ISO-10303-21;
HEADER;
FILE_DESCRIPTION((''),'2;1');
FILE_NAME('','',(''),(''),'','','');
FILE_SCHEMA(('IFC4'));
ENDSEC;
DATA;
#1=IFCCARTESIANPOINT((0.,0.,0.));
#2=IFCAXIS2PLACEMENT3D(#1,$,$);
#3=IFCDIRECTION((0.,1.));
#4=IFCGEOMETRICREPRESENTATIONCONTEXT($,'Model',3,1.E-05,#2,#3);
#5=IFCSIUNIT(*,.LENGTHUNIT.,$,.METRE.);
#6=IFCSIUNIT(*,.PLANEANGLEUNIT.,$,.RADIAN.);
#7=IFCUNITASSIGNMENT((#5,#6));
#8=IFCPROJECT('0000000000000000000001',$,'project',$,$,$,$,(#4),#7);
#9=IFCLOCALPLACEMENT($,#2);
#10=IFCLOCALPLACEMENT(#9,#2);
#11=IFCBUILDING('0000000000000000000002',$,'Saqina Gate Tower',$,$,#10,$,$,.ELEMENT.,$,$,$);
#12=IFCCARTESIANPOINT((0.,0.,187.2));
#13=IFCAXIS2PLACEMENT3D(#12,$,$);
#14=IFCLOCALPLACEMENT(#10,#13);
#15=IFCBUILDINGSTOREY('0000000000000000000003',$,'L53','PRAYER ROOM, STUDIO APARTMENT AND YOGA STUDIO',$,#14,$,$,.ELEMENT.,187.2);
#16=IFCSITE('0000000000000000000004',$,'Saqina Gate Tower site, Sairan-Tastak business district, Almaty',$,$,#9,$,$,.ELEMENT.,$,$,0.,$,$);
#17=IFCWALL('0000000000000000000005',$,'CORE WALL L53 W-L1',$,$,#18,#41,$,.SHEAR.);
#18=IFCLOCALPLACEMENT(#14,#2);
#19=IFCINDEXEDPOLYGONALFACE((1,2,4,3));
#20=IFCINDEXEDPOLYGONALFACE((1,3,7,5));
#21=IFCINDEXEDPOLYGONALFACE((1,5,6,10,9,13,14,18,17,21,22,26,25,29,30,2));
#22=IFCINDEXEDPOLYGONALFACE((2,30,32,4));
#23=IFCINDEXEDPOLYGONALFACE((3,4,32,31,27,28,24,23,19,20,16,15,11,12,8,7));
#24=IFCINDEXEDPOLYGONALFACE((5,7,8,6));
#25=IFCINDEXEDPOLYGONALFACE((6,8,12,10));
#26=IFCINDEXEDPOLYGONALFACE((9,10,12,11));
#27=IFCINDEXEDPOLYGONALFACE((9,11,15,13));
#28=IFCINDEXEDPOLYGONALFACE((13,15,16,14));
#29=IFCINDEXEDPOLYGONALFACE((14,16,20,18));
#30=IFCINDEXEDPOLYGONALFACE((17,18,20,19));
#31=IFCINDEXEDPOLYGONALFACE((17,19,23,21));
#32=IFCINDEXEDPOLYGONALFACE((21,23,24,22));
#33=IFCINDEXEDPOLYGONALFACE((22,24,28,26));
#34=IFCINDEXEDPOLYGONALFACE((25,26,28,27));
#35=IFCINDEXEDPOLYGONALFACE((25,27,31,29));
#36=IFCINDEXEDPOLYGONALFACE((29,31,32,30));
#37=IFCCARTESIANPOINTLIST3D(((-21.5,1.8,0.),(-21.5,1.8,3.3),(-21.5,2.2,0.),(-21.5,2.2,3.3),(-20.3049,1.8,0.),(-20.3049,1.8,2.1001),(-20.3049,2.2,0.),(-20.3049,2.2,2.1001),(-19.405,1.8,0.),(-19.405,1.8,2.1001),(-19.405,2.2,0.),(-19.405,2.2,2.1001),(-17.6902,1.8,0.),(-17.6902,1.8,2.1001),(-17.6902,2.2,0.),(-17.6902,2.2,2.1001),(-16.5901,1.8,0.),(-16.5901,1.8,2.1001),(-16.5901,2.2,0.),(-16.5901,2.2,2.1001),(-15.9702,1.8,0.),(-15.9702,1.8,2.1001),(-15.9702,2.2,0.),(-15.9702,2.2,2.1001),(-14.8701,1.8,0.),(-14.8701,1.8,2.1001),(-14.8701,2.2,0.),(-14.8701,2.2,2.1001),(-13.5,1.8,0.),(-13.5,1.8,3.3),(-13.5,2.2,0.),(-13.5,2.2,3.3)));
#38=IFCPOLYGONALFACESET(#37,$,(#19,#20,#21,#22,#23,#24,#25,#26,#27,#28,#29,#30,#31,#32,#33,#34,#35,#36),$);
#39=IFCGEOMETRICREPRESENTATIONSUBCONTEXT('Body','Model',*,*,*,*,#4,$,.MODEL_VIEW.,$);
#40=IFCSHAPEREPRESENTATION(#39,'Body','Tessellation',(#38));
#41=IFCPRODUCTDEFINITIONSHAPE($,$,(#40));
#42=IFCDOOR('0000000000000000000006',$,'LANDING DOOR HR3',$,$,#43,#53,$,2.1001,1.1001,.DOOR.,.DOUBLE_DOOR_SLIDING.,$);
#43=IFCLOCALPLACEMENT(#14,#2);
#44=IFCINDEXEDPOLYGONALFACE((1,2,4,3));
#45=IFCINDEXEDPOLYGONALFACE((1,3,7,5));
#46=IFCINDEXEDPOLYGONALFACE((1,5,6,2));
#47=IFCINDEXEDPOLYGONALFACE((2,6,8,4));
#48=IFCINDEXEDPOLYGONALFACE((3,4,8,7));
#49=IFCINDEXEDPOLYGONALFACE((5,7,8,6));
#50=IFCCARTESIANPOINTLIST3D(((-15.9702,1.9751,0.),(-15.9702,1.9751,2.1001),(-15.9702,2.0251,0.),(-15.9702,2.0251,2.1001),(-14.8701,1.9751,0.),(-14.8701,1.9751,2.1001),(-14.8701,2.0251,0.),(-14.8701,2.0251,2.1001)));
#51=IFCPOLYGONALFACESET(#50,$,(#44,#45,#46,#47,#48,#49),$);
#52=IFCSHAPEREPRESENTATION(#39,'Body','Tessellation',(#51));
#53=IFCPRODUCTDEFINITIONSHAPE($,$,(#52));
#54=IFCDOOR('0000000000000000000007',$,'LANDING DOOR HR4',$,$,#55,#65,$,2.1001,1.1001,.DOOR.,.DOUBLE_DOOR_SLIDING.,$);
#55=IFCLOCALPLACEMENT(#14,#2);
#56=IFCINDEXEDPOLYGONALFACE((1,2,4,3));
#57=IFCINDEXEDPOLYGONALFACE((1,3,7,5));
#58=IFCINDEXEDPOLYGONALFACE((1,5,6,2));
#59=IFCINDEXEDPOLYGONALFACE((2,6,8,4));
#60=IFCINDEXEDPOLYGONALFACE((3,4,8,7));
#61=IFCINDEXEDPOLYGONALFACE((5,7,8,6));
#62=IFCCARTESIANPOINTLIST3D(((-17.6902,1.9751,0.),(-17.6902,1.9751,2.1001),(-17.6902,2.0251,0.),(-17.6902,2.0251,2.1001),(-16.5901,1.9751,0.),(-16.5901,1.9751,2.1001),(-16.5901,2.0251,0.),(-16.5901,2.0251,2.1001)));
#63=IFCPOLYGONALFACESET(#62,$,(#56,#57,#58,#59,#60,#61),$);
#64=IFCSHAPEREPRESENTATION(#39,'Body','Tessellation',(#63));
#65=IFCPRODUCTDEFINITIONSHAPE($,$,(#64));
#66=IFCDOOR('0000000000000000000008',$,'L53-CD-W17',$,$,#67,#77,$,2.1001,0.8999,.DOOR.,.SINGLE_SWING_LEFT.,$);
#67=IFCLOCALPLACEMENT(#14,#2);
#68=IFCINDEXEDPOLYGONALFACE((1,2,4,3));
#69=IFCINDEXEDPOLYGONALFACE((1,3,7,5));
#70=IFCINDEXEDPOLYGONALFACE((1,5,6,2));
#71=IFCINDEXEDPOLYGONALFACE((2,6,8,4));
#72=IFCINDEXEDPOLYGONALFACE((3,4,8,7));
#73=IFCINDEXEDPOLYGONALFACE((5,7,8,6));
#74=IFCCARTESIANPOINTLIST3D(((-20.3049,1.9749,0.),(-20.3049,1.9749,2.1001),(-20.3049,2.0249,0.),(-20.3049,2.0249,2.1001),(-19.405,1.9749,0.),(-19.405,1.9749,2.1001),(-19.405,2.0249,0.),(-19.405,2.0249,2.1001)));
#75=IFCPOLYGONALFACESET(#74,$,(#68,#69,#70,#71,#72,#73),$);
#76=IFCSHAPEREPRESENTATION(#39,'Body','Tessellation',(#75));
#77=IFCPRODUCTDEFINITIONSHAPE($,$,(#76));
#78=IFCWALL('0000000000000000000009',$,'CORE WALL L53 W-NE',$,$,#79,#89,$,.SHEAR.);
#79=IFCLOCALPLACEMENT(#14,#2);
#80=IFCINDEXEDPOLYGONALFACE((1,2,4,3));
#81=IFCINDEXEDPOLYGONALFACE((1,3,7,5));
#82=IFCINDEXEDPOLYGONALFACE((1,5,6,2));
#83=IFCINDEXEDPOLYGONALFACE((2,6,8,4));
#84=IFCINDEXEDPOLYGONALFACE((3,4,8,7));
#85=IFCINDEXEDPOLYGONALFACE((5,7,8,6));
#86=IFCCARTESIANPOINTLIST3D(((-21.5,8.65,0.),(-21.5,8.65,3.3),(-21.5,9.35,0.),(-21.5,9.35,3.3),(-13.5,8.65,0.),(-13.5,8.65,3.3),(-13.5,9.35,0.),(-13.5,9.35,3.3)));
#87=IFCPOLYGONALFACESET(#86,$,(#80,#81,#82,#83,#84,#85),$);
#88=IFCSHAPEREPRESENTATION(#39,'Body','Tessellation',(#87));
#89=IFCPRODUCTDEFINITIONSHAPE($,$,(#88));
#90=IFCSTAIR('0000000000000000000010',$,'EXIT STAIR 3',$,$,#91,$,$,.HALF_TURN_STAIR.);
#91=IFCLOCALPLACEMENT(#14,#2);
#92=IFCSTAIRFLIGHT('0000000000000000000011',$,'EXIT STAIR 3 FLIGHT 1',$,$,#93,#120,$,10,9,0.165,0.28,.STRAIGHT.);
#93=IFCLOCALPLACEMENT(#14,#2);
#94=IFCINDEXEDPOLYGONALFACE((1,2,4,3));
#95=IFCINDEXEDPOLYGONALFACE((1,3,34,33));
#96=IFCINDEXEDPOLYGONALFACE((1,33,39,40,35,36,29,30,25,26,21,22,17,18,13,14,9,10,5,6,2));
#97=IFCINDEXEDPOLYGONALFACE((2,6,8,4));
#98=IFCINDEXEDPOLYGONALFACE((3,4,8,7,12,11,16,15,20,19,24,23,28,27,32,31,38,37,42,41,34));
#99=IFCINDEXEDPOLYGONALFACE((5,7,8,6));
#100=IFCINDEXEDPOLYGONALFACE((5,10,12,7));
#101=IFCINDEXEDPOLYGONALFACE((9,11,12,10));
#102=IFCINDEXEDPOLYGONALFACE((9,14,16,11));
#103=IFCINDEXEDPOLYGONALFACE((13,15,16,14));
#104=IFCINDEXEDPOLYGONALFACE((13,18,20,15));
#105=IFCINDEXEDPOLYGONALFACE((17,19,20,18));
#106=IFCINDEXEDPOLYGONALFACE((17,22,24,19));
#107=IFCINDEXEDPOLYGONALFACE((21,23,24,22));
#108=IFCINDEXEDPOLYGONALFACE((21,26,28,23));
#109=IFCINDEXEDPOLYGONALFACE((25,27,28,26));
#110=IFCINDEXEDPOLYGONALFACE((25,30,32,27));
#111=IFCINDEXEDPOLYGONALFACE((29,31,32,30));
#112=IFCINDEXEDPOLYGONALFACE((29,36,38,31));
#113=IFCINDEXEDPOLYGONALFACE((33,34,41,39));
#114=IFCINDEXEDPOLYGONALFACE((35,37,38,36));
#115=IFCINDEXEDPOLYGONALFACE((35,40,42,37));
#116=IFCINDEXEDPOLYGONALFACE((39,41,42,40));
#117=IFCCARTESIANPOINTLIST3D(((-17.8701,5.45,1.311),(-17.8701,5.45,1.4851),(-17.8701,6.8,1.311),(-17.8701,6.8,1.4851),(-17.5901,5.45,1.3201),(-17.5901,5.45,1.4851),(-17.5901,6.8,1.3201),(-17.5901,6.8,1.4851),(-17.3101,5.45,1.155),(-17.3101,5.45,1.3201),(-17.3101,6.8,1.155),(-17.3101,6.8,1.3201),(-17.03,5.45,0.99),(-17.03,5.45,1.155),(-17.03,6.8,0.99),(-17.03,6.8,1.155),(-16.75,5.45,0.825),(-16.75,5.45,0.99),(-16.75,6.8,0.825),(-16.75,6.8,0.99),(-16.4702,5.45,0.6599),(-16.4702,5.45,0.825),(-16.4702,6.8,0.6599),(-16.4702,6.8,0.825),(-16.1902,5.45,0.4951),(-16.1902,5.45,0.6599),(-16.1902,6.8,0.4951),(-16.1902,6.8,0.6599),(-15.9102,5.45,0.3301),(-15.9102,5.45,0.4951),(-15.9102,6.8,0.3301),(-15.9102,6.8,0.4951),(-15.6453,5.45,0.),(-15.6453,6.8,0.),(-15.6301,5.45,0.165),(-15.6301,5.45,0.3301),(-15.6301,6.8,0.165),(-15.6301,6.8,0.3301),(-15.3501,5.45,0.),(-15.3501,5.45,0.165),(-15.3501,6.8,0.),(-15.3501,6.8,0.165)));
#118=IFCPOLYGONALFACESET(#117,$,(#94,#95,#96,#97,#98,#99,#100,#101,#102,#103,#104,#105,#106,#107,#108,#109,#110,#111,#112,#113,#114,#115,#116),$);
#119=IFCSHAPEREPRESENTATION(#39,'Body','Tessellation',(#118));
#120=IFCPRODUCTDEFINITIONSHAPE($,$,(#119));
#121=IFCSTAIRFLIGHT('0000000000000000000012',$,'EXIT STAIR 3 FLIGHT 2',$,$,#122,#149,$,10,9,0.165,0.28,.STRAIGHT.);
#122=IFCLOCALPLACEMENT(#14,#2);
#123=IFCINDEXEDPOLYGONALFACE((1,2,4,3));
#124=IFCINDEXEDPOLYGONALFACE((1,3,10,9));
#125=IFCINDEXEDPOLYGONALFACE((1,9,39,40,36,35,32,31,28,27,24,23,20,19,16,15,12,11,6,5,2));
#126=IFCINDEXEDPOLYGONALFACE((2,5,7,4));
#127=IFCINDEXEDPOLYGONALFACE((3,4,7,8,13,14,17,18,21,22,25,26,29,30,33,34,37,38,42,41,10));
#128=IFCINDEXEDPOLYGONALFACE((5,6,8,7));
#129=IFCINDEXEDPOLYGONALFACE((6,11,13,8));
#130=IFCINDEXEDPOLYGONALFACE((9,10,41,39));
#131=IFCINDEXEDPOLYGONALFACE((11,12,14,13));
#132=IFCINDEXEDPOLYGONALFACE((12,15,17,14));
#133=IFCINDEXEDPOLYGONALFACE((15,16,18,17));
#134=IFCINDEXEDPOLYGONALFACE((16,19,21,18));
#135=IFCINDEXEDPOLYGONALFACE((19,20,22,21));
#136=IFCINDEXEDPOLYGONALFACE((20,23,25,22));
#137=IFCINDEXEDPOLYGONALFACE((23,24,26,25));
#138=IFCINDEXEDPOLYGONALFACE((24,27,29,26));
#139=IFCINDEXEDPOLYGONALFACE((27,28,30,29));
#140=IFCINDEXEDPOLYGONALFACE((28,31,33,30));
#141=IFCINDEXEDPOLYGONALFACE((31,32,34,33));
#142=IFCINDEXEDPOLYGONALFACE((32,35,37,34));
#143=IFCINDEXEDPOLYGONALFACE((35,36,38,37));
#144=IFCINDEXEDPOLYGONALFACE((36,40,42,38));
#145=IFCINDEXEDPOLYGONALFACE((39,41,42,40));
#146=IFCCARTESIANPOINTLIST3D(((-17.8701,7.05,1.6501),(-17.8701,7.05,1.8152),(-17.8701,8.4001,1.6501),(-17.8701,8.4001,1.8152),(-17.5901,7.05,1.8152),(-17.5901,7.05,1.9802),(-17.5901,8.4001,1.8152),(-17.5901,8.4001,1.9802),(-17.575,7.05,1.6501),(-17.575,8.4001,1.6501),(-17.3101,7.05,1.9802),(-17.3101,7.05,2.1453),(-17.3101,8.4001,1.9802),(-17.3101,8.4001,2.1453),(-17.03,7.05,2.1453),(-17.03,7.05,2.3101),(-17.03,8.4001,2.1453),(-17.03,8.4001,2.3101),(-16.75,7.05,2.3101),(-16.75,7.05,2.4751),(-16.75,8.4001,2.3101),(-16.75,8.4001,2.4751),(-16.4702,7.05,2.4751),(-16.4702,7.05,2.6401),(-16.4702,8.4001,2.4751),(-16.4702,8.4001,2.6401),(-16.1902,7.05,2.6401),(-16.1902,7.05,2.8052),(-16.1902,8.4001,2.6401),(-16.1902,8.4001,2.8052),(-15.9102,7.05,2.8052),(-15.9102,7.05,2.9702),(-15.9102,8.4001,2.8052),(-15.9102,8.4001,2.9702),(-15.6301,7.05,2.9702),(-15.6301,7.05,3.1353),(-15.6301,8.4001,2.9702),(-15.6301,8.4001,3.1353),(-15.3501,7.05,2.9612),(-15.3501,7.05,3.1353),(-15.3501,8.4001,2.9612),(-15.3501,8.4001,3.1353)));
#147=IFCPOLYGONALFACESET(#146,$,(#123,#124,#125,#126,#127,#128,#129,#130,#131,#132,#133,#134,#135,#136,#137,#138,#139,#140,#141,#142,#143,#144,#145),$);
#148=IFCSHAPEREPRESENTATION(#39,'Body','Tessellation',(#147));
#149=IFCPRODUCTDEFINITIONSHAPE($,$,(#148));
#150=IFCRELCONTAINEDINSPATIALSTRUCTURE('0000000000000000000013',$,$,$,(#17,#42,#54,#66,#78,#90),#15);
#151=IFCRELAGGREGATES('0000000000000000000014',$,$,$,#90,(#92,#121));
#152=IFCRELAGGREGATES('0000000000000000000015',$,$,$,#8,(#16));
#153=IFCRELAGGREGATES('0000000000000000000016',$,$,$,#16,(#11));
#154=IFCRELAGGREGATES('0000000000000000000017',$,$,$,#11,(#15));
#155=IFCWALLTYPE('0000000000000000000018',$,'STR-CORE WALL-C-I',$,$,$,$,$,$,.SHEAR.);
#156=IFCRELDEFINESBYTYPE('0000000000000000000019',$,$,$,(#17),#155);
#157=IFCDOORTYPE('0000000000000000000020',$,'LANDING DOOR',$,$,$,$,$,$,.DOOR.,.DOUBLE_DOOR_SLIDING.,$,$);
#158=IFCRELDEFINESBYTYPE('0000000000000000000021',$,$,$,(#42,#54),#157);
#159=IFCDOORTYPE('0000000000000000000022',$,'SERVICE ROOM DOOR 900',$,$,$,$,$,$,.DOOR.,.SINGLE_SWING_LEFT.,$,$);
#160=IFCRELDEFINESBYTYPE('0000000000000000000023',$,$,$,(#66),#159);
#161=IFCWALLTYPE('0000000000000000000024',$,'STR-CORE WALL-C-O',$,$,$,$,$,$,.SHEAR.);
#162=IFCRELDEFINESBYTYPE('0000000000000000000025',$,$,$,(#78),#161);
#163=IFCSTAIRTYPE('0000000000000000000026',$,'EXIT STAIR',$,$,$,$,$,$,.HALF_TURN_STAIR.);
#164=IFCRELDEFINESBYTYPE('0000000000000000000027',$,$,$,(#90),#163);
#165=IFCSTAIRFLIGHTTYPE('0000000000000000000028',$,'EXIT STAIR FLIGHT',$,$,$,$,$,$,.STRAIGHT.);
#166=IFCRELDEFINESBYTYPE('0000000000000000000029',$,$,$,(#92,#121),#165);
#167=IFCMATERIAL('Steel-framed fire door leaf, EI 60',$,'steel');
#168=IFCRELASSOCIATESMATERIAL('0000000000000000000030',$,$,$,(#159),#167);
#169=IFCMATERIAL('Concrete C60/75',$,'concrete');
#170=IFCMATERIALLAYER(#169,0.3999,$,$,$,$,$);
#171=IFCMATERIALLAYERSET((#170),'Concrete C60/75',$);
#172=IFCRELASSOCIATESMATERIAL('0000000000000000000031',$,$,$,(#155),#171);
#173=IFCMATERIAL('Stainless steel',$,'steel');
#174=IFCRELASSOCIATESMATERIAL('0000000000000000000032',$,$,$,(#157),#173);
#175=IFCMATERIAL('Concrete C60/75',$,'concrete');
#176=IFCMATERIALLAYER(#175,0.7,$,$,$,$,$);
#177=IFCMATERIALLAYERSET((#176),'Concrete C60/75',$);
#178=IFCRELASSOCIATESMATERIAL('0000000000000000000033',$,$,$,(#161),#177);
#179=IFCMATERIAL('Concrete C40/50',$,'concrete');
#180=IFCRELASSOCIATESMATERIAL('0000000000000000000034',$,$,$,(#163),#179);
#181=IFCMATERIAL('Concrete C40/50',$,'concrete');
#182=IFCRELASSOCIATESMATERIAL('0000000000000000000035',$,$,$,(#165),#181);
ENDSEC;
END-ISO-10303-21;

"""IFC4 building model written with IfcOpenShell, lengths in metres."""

from ifc_helpers import new_model, si_unit, direction, frame, frame_2d, origin, place, context, subcontext, project, spatial, polyline, rectangle, outline, extrude, material, layer, layer_set, type_object, element, fill, aggregate, save


model = new_model("IFC4")

# Units and contexts
model_context = context("Model", 3, precision=1e-05, world=origin(), true_north=direction((0.0, 1.0)))
body_context = subcontext(model_context, "Body", "Model", "MODEL_VIEW")
ifc_project = project(units=[si_unit("LENGTHUNIT", "METRE"), si_unit("PLANEANGLEUNIT", "RADIAN")], contexts=[model_context])

# Site, building, storey
site_placement = place(None, origin())
site = spatial("IfcSite", under=ifc_project, at=site_placement, Name="Saqina Gate Tower site, Sairan-Tastak business district, Almaty", CompositionType="ELEMENT", RefElevation=0.0)
building_placement = place(site_placement, origin())
building = spatial("IfcBuilding", under=site, at=building_placement, Name="Saqina Gate Tower", CompositionType="ELEMENT")
storey_placement = place(building_placement, frame((0.0, 0.0, 187.2)))
storey = spatial("IfcBuildingStorey", under=building, at=storey_placement, Name="L53", Description="PRAYER ROOM, STUDIO APARTMENT AND YOGA STUDIO", CompositionType="ELEMENT", Elevation=187.2)

# Shared definitions
ifc_material_1 = material(Name="Steel-framed fire door leaf, EI 60", Category="steel")
door_type_1 = type_object("IfcDoorType", Name="SERVICE ROOM DOOR 900", OperationType="SINGLE_SWING_LEFT", PredefinedType="DOOR", material=ifc_material_1)

# Shared definitions
ifc_material_2 = material(Name="Concrete C60/75", Category="concrete")
ifc_layer_1 = layer(ifc_material_2, 0.3999)
ifc_layer_set_1 = layer_set([ifc_layer_1], Name="Concrete C60/75")
wall_type_1 = type_object("IfcWallType", Name="STR-CORE WALL-C-I", PredefinedType="SHEAR", material=ifc_layer_set_1)

# Wall, openings, doors
wall_1_placement = place(storey_placement, frame((-13.5, 2.0, 0.0), z_axis=(0.0, 0.0, 1.0), x_axis=(-1.0, 0.0, 0.0)))
wall_1 = element("IfcWall", 1, at=wall_1_placement, inside=storey, type_object=wall_type_1, Name="CORE WALL L53 W-L1", PredefinedType="SHEAR", context=body_context, shape_type="SweptSolid", body=[
    extrude(rectangle(XDim=8.0, YDim=0.3999, at=frame_2d((4.0, 0.0))), origin(), (0.0, 0.0, 1.0), 3.3),
])
opening_1_placement = place(wall_1_placement, frame((1.3701, 0.0, 0.0)))
opening_1 = element("IfcOpeningElement", 2, at=opening_1_placement, cuts=wall_1, PredefinedType="OPENING", context=body_context, shape_type="SweptSolid", body=[
    extrude(rectangle(XDim=1.1001, YDim=2.1001, at=frame_2d((0.55, 1.05))), frame((0.0, 0.2119, 0.0), z_axis=(0.0, -1.0, 0.0), x_axis=(1.0, 0.0, 0.0)), (0.0, 0.0, 1.0), 0.4238),
])
opening_2_placement = place(wall_1_placement, frame((3.0901, 0.0, 0.0)))
opening_2 = element("IfcOpeningElement", 3, at=opening_2_placement, cuts=wall_1, PredefinedType="OPENING", context=body_context, shape_type="SweptSolid", body=[
    extrude(rectangle(XDim=1.1001, YDim=2.1001, at=frame_2d((0.55, 1.05))), frame((0.0, 0.2119, 0.0), z_axis=(0.0, -1.0, 0.0), x_axis=(1.0, 0.0, 0.0)), (0.0, 0.0, 1.0), 0.4238),
])
opening_3_placement = place(wall_1_placement, frame((5.905, 0.0, 0.0)))
opening_3 = element("IfcOpeningElement", 4, at=opening_3_placement, cuts=wall_1, PredefinedType="OPENING", context=body_context, shape_type="SweptSolid", body=[
    extrude(rectangle(XDim=0.8999, YDim=2.1001, at=frame_2d((0.45, 1.05))), frame((0.0, 0.2119, 0.0), z_axis=(0.0, -1.0, 0.0), x_axis=(1.0, 0.0, 0.0)), (0.0, 0.0, 1.0), 0.4238),
])
ifc_material_3 = material(Name="Stainless steel", Category="steel")
door_type_2 = type_object("IfcDoorType", Name="LANDING DOOR", OperationType="DOUBLE_DOOR_SLIDING", PredefinedType="DOOR", material=ifc_material_3)
door_1_placement = place(opening_1_placement, origin())
door_1 = element("IfcDoor", 5, at=door_1_placement, inside=storey, type_object=door_type_2, Name="LANDING DOOR HR3", OperationType="DOUBLE_DOOR_SLIDING", OverallHeight=2.1001, OverallWidth=1.1001, PredefinedType="DOOR", context=body_context, shape_type="SweptSolid", body=[
    extrude(rectangle(XDim=1.1001, YDim=2.1001, at=frame_2d((0.55, 1.05))), frame((0.0, 0.0249, 0.0), z_axis=(0.0, -1.0, 0.0), x_axis=(1.0, 0.0, 0.0)), (0.0, 0.0, 1.0), 0.05),
])
fill(opening_1, door_1)
door_2_placement = place(opening_2_placement, origin())
door_2 = element("IfcDoor", 6, at=door_2_placement, inside=storey, type_object=door_type_2, Name="LANDING DOOR HR4", OperationType="DOUBLE_DOOR_SLIDING", OverallHeight=2.1001, OverallWidth=1.1001, PredefinedType="DOOR", context=body_context, shape_type="SweptSolid", body=[
    extrude(rectangle(XDim=1.1001, YDim=2.1001, at=frame_2d((0.55, 1.05))), frame((0.0, 0.0249, 0.0), z_axis=(0.0, -1.0, 0.0), x_axis=(1.0, 0.0, 0.0)), (0.0, 0.0, 1.0), 0.05),
])
fill(opening_2, door_2)
door_3_placement = place(opening_3_placement, frame((0.8999, 0.0, 0.0), z_axis=(0.0, 0.0, 1.0), x_axis=(-1.0, 0.0, 0.0)))
door_3 = element("IfcDoor", 7, at=door_3_placement, inside=storey, type_object=door_type_1, Name="L53-CD-W17", OperationType="SINGLE_SWING_LEFT", OverallHeight=2.1001, OverallWidth=0.8999, PredefinedType="DOOR", context=body_context, shape_type="SweptSolid", body=[
    extrude(rectangle(XDim=0.8999, YDim=2.1001, at=frame_2d((0.45, 1.05))), frame((0.0, 0.0249, 0.0), z_axis=(0.0, -1.0, 0.0), x_axis=(1.0, 0.0, 0.0)), (0.0, 0.0, 1.0), 0.05),
])
fill(opening_3, door_3)

# Wall
ifc_material_4 = material(Name="Concrete C60/75", Category="concrete")
ifc_layer_2 = layer(ifc_material_4, 0.7)
ifc_layer_set_2 = layer_set([ifc_layer_2], Name="Concrete C60/75")
wall_type_2 = type_object("IfcWallType", Name="STR-CORE WALL-C-O", PredefinedType="SHEAR", material=ifc_layer_set_2)
wall_2_placement = place(storey_placement, frame((-13.5, 9.0, 0.0), z_axis=(0.0, 0.0, 1.0), x_axis=(-1.0, 0.0, 0.0)))
element("IfcWall", 8, at=wall_2_placement, inside=storey, type_object=wall_type_2, Name="CORE WALL L53 W-NE", PredefinedType="SHEAR", context=body_context, shape_type="SweptSolid", body=[
    extrude(rectangle(XDim=8.0, YDim=0.7, at=frame_2d((4.0, 0.0))), origin(), (0.0, 0.0, 1.0), 3.3),
])

# Stair, stair flights
ifc_material_5 = material(Name="Concrete C40/50", Category="concrete")
stair_type = type_object("IfcStairType", Name="EXIT STAIR", PredefinedType="HALF_TURN_STAIR", material=ifc_material_5)
stair_placement = place(storey_placement, origin())
stair = element("IfcStair", 9, at=stair_placement, inside=storey, type_object=stair_type, Name="EXIT STAIR 3", PredefinedType="HALF_TURN_STAIR")
ifc_material_6 = material(Name="Concrete C40/50", Category="concrete")
stair_flight_type = type_object("IfcStairFlightType", Name="EXIT STAIR FLIGHT", PredefinedType="STRAIGHT", material=ifc_material_6)
stair_flight_1_placement = place(storey_placement, frame((-15.3501, 6.125, 0.0), z_axis=(0.0, 0.0, 1.0), x_axis=(-1.0, 0.0, 0.0)))
stair_flight_1 = element("IfcStairFlight", 10, at=stair_flight_1_placement, type_object=stair_flight_type, Name="EXIT STAIR 3 FLIGHT 1", NumberOfRisers=10, NumberOfTreads=9, PredefinedType="STRAIGHT", RiserHeight=0.165, TreadLength=0.28, context=body_context, shape_type="SweptSolid", body=[
    extrude(outline(polyline([(0.0, 0.0), (0.0, 0.165), (0.28, 0.165), (0.28, 0.3301), (0.5601, 0.3301), (0.5601, 0.4951), (0.8401, 0.4951), (0.8401, 0.6599), (1.1201, 0.6599), (1.1201, 0.825), (1.3999, 0.825), (1.3999, 0.99), (1.6799, 0.99), (1.6799, 1.155), (1.96, 1.155), (1.96, 1.3201), (2.24, 1.3201), (2.24, 1.4851), (2.52, 1.4851), (2.52, 1.6499), (2.52, 1.311), (0.2952, 0.0), (0.0, 0.0)])), frame((0.0, 0.675, 0.0), z_axis=(0.0, -1.0, 0.0), x_axis=(1.0, 0.0, 0.0)), (0.0, 0.0, 1.0), 1.3501),
])
stair_flight_2_placement = place(storey_placement, frame((-17.8701, 7.7251, 1.6501), z_axis=(0.0, 0.0, 1.0), x_axis=(1.0, 0.0, 0.0)))
stair_flight_2 = element("IfcStairFlight", 11, at=stair_flight_2_placement, type_object=stair_flight_type, Name="EXIT STAIR 3 FLIGHT 2", NumberOfRisers=10, NumberOfTreads=9, PredefinedType="STRAIGHT", RiserHeight=0.165, TreadLength=0.28, context=body_context, shape_type="SweptSolid", body=[
    extrude(outline(polyline([(0.0, 0.0), (0.0, 0.165), (0.28, 0.165), (0.28, 0.3301), (0.5601, 0.3301), (0.5601, 0.4951), (0.8401, 0.4951), (0.8401, 0.6599), (1.1201, 0.6599), (1.1201, 0.825), (1.3999, 0.825), (1.3999, 0.99), (1.6799, 0.99), (1.6799, 1.155), (1.96, 1.155), (1.96, 1.3201), (2.24, 1.3201), (2.24, 1.4851), (2.52, 1.4851), (2.52, 1.6499), (2.52, 1.311), (0.2952, 0.0), (0.0, 0.0)])), frame((0.0, 0.675, 0.0), z_axis=(0.0, -1.0, 0.0), x_axis=(1.0, 0.0, 0.0)), (0.0, 0.0, 1.0), 1.3501),
])
aggregate(stair, [stair_flight_1, stair_flight_2])

save(model, "model.ifc")
